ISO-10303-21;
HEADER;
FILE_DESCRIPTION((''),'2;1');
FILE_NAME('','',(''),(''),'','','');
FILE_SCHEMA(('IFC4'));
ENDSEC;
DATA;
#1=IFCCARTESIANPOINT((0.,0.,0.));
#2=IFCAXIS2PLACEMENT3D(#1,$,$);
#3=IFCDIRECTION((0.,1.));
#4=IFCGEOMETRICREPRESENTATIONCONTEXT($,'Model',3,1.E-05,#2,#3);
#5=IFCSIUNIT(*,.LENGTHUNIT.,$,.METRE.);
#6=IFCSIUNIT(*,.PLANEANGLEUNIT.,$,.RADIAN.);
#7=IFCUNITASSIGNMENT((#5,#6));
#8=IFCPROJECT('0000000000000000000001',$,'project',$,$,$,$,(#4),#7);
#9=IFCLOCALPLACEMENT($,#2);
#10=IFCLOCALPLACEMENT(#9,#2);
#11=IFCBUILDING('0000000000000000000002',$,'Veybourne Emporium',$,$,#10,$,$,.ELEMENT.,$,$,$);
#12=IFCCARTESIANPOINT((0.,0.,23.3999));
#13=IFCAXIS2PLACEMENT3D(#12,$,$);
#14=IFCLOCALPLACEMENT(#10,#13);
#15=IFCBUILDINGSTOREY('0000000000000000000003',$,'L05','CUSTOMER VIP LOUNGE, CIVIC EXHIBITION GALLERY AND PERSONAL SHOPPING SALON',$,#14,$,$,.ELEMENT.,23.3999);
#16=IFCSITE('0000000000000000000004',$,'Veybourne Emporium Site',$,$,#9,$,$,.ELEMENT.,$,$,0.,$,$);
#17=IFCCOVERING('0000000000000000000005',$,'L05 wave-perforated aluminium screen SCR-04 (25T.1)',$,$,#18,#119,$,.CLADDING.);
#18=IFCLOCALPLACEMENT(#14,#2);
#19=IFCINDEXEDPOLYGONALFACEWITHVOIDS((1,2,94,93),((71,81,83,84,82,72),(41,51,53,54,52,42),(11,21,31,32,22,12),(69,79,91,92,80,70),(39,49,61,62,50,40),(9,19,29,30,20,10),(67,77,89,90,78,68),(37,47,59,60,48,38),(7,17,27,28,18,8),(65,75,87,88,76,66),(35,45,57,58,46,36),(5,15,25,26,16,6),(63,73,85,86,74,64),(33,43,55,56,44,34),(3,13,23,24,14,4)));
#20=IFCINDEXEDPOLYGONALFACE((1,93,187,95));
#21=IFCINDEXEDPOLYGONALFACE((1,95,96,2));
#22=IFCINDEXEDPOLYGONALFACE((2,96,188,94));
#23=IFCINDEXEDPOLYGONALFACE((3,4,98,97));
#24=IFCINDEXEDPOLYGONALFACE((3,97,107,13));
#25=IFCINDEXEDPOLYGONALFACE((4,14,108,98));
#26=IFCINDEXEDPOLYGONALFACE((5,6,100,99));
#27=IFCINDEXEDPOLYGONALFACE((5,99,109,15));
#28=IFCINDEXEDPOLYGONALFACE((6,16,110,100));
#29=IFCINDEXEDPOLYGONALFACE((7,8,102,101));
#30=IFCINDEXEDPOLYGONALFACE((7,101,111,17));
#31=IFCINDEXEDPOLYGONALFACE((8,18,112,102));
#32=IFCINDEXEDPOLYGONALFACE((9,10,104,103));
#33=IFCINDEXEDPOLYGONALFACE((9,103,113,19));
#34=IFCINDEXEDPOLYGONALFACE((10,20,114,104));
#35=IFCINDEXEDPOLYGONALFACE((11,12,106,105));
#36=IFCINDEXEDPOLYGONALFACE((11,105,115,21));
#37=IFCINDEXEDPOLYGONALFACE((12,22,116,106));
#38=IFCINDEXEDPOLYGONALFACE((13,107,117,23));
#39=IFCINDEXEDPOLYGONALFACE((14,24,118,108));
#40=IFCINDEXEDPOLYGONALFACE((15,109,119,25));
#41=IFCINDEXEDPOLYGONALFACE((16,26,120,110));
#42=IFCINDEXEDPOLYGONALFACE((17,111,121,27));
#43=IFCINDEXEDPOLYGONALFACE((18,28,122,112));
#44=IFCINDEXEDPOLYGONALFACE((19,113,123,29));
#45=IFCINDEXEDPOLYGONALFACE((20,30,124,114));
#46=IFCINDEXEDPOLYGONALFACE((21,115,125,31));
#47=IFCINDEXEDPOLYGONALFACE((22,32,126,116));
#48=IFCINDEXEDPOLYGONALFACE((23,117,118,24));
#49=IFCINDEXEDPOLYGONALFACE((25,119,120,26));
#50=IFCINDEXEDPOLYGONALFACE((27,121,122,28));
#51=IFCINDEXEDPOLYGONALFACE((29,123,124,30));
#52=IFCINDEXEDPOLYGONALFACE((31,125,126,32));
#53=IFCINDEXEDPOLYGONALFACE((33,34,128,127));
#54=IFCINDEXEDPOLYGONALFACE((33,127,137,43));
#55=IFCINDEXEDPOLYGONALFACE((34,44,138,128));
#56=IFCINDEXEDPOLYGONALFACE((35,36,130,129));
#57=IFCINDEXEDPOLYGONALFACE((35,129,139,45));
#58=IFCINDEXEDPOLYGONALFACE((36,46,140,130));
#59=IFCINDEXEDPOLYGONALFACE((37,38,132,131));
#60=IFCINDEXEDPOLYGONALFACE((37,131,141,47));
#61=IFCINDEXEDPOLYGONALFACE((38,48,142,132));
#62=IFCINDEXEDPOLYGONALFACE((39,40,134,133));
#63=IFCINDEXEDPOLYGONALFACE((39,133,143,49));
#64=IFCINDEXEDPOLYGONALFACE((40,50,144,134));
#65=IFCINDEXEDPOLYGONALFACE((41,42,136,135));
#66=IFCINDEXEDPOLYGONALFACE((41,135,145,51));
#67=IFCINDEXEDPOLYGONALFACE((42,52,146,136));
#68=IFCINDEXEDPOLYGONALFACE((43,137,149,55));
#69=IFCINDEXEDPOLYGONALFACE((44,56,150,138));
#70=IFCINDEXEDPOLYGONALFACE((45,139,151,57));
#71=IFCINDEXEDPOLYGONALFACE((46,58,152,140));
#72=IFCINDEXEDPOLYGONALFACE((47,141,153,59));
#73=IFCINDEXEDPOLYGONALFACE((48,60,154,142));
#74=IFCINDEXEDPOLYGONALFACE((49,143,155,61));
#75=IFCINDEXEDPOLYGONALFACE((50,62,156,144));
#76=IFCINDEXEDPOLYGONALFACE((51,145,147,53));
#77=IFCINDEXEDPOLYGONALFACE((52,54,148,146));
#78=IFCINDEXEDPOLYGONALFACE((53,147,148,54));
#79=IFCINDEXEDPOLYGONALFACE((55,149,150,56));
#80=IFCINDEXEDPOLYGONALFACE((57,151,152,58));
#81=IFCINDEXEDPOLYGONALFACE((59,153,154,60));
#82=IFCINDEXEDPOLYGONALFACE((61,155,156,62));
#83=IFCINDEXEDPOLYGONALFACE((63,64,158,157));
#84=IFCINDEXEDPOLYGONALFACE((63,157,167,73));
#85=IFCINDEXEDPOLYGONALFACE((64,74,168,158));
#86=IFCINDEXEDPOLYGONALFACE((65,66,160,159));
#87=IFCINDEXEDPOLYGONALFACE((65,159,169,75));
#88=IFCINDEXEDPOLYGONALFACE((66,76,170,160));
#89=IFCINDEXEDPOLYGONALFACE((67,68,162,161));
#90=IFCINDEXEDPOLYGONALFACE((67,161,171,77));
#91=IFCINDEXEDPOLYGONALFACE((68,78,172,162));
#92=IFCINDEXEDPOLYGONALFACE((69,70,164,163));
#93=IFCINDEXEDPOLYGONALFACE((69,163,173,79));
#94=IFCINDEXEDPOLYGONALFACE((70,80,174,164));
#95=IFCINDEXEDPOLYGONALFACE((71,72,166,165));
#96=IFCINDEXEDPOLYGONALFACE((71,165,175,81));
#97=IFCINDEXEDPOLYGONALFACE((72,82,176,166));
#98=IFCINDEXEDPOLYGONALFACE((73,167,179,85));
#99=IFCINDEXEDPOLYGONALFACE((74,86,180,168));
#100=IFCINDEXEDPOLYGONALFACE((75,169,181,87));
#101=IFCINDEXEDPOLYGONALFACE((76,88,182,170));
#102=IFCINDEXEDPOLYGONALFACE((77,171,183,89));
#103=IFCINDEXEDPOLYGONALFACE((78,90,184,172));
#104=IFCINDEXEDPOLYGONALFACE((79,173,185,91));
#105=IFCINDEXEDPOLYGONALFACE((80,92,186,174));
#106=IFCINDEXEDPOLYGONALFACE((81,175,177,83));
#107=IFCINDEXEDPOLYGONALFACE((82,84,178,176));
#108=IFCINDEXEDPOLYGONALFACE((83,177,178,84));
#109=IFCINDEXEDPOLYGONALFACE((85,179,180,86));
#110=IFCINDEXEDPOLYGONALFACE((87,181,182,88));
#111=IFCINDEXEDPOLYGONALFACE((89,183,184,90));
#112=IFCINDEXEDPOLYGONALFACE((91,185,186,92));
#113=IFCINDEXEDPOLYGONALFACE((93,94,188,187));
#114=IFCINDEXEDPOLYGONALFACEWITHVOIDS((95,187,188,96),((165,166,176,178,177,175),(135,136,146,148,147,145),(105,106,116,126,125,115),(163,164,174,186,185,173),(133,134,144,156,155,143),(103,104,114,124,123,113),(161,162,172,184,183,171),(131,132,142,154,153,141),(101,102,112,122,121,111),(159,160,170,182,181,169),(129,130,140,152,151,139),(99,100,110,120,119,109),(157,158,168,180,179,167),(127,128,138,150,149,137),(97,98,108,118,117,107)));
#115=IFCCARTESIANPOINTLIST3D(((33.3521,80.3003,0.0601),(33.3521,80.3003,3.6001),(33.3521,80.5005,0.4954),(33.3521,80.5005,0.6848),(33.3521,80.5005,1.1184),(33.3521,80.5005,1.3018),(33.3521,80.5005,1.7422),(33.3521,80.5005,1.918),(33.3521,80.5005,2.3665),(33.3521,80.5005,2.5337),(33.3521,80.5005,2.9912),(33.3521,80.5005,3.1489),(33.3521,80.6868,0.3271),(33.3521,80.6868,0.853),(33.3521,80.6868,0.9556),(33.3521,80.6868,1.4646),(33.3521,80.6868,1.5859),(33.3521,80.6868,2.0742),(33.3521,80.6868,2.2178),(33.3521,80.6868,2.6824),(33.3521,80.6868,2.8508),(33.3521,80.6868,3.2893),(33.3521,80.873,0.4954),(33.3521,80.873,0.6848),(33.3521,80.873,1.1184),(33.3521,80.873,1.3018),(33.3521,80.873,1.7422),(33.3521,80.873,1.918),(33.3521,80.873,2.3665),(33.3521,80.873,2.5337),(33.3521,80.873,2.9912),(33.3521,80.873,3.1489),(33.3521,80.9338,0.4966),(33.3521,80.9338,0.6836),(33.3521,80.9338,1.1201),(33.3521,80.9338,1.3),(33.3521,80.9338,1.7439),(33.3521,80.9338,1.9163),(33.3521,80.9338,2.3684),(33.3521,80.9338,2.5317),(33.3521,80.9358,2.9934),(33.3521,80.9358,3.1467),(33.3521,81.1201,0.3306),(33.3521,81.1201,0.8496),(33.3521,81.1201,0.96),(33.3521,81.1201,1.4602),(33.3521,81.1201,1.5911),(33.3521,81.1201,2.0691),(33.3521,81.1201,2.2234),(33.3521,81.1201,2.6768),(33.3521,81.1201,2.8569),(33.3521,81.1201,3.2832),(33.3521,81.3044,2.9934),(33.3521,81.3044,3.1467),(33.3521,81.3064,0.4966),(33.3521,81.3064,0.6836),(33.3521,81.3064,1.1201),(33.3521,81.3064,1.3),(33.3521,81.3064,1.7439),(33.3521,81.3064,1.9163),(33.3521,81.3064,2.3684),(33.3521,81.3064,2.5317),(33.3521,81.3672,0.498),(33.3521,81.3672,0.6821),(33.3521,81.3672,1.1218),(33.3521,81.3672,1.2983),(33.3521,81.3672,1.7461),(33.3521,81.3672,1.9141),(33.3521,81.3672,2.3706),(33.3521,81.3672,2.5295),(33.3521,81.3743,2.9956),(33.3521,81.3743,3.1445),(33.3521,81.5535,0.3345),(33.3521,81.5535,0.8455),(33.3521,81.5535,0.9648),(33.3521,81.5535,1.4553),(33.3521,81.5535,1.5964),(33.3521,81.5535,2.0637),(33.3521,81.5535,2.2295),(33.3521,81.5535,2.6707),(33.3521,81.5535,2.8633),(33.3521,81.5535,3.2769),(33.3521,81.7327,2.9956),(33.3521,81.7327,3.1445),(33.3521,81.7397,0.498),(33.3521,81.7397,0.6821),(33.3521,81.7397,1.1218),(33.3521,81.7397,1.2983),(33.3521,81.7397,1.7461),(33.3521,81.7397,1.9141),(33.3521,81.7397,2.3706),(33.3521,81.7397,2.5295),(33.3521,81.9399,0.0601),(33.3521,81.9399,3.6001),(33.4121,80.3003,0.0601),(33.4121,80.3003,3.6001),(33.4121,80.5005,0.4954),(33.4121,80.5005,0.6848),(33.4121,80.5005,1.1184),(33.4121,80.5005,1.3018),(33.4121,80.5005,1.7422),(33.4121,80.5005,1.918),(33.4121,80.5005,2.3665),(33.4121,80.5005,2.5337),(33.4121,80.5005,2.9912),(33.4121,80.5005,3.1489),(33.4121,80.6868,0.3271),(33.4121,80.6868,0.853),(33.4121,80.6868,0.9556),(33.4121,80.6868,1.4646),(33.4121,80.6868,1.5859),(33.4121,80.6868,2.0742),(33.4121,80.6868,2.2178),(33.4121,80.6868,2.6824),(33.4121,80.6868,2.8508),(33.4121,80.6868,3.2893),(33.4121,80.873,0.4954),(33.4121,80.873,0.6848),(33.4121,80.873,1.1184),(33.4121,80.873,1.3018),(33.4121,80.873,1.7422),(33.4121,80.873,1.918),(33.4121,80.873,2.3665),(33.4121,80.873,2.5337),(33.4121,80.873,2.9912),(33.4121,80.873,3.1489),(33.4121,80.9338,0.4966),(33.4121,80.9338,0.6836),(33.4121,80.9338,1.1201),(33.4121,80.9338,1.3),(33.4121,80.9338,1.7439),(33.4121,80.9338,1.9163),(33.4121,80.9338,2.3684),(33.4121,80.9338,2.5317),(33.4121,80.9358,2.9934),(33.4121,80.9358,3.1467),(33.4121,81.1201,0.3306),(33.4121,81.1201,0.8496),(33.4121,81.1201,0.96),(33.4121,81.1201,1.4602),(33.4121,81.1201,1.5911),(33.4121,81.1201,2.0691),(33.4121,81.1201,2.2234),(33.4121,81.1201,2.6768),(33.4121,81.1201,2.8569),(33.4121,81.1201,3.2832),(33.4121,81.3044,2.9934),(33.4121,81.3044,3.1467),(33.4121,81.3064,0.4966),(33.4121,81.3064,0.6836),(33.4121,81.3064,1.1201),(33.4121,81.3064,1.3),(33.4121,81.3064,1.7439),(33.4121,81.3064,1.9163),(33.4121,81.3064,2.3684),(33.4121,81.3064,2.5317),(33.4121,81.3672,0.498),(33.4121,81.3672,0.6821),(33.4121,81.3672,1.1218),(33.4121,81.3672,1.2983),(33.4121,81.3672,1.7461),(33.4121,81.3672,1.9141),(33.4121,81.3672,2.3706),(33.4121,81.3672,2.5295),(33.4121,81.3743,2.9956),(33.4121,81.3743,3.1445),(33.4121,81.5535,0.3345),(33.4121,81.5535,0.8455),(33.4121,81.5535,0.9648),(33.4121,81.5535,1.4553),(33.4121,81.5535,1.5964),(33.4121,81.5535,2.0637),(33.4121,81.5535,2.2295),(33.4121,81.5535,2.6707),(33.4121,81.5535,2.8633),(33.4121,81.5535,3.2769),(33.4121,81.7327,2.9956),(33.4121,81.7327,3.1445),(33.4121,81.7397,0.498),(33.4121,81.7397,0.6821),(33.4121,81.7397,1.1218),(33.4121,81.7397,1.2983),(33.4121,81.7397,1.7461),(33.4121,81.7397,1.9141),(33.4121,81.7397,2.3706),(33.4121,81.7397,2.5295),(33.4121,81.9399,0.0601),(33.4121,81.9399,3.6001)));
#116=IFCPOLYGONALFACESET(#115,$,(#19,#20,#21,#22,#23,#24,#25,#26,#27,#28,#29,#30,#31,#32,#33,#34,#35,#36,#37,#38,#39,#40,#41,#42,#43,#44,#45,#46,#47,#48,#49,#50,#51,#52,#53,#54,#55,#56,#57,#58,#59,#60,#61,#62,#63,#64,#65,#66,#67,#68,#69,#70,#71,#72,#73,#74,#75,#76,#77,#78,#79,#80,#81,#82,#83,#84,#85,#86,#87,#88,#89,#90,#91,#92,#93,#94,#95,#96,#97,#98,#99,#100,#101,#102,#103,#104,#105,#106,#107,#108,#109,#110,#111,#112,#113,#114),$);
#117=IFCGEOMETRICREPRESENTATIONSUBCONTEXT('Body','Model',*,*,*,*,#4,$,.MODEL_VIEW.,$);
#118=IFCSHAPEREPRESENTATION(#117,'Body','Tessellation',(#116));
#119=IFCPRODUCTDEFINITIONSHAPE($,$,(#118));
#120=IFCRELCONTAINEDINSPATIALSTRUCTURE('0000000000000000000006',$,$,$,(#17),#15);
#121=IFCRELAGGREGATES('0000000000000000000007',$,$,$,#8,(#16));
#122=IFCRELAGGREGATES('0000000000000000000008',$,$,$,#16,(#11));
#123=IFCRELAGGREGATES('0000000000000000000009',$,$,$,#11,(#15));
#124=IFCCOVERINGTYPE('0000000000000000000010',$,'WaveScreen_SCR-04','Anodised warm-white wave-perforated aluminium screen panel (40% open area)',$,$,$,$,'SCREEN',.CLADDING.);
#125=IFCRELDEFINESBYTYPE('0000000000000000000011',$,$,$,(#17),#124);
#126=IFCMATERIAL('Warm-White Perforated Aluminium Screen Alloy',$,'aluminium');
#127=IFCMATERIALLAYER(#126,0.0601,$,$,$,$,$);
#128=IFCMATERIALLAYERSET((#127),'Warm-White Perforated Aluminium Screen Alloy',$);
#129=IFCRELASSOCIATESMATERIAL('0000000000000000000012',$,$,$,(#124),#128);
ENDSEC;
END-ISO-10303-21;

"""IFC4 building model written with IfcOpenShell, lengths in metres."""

from ifc_helpers import new_model, si_unit, direction, frame, origin, place, context, subcontext, project, spatial, polyline, outline, extrude, material, layer, layer_set, type_object, element, save


model = new_model("IFC4")

# Units and contexts
model_context = context("Model", 3, precision=1e-05, world=origin(), true_north=direction((0.0, 1.0)))
body_context = subcontext(model_context, "Body", "Model", "MODEL_VIEW")
ifc_project = project(units=[si_unit("LENGTHUNIT", "METRE"), si_unit("PLANEANGLEUNIT", "RADIAN")], contexts=[model_context])

# Site, building, storey
site_placement = place(None, origin())
site = spatial("IfcSite", under=ifc_project, at=site_placement, Name="Veybourne Emporium Site", CompositionType="ELEMENT", RefElevation=0.0)
building_placement = place(site_placement, origin())
building = spatial("IfcBuilding", under=site, at=building_placement, Name="Veybourne Emporium", CompositionType="ELEMENT")
storey_placement = place(building_placement, frame((0.0, 0.0, 23.3999)))
storey = spatial("IfcBuildingStorey", under=building, at=storey_placement, Name="L05", Description="CUSTOMER VIP LOUNGE, CIVIC EXHIBITION GALLERY AND PERSONAL SHOPPING SALON", CompositionType="ELEMENT", Elevation=23.3999)

# Covering
ifc_material_1 = material(Name="Warm-White Perforated Aluminium Screen Alloy", Category="aluminium")
ifc_layer_1 = layer(ifc_material_1, 0.0601)
ifc_layer_set_1 = layer_set([ifc_layer_1], Name="Warm-White Perforated Aluminium Screen Alloy")
covering_type_1 = type_object("IfcCoveringType", Name="WaveScreen_SCR-04", Description="Anodised warm-white wave-perforated aluminium screen panel (40% open area)", ElementType="SCREEN", PredefinedType="CLADDING", material=ifc_layer_set_1)
covering_1_placement = place(storey_placement, frame((33.3521, 81.1201, 1.8301), z_axis=(1.0, 0.0, 0.0), x_axis=(0.0, 1.0, 0.0)))
element("IfcCovering", 1, at=covering_1_placement, inside=storey, type_object=covering_type_1, Name="L05 wave-perforated aluminium screen SCR-04 (25T.1)", PredefinedType="CLADDING", context=body_context, shape_type="SweptSolid", body=[
    extrude(outline(polyline([(-0.8198, -1.77), (0.8198, -1.77), (0.8198, 1.77), (-0.8198, 1.77), (-0.8198, -1.77)]), holes=[polyline([(-0.4333, -0.9771), (-0.2471, -1.1453), (-0.2471, -1.3347), (-0.4333, -1.5029), (-0.6196, -1.3347), (-0.6196, -1.1453), (-0.4333, -0.9771)]), polyline([(-0.4333, -0.3655), (-0.2471, -0.5283), (-0.2471, -0.7117), (-0.4333, -0.8745), (-0.6196, -0.7117), (-0.6196, -0.5283), (-0.4333, -0.3655)]), polyline([(-0.4333, 0.2441), (-0.2471, 0.0879), (-0.2471, -0.0879), (-0.4333, -0.2441), (-0.6196, -0.0879), (-0.6196, 0.0879), (-0.4333, 0.2441)]), polyline([(-0.4333, 0.8523), (-0.2471, 0.7036), (-0.2471, 0.5364), (-0.4333, 0.3877), (-0.6196, 0.5364), (-0.6196, 0.7036), (-0.4333, 0.8523)]), polyline([(-0.4333, 1.4592), (-0.2471, 1.3188), (-0.2471, 1.1611), (-0.4333, 1.0208), (-0.6196, 1.1611), (-0.6196, 1.3188), (-0.4333, 1.4592)]), polyline([(0.0, -0.9805), (0.1863, -1.1465), (0.1863, -1.3335), (0.0, -1.4995), (-0.1863, -1.3335), (-0.1863, -1.1465), (0.0, -0.9805)]), polyline([(0.0, -0.3699), (0.1863, -0.53), (0.1863, -0.71), (0.0, -0.8701), (-0.1863, -0.71), (-0.1863, -0.53), (0.0, -0.3699)]), polyline([(0.0, 0.239), (0.1863, 0.0862), (0.1863, -0.0862), (0.0, -0.239), (-0.1863, -0.0862), (-0.1863, 0.0862), (0.0, 0.239)]), polyline([(0.0, 0.8467), (0.1863, 0.7017), (0.1863, 0.5383), (0.0, 0.3933), (-0.1863, 0.5383), (-0.1863, 0.7017), (0.0, 0.8467)]), polyline([(0.0, 1.4531), (0.1843, 1.3167), (0.1843, 1.1633), (0.0, 1.0269), (-0.1843, 1.1633), (-0.1843, 1.3167), (0.0, 1.4531)]), polyline([(0.4333, -0.9846), (0.6196, -1.1479), (0.6196, -1.332), (0.4333, -1.4956), (0.2471, -1.332), (0.2471, -1.1479), (0.4333, -0.9846)]), polyline([(0.4333, -0.3748), (0.6196, -0.5317), (0.6196, -0.7083), (0.4333, -0.8652), (0.2471, -0.7083), (0.2471, -0.5317), (0.4333, -0.3748)]), polyline([(0.4333, 0.2336), (0.6196, 0.084), (0.6196, -0.084), (0.4333, -0.2336), (0.2471, -0.084), (0.2471, 0.084), (0.4333, 0.2336)]), polyline([(0.4333, 0.8406), (0.6196, 0.6995), (0.6196, 0.5405), (0.4333, 0.3994), (0.2471, 0.5405), (0.2471, 0.6995), (0.4333, 0.8406)]), polyline([(0.4333, 1.4468), (0.6125, 1.3145), (0.6125, 1.1655), (0.4333, 1.0332), (0.2542, 1.1655), (0.2542, 1.3145), (0.4333, 1.4468)])]), origin(), (0.0, 0.0, 1.0), 0.0601),
])

save(model, "model.ifc")
